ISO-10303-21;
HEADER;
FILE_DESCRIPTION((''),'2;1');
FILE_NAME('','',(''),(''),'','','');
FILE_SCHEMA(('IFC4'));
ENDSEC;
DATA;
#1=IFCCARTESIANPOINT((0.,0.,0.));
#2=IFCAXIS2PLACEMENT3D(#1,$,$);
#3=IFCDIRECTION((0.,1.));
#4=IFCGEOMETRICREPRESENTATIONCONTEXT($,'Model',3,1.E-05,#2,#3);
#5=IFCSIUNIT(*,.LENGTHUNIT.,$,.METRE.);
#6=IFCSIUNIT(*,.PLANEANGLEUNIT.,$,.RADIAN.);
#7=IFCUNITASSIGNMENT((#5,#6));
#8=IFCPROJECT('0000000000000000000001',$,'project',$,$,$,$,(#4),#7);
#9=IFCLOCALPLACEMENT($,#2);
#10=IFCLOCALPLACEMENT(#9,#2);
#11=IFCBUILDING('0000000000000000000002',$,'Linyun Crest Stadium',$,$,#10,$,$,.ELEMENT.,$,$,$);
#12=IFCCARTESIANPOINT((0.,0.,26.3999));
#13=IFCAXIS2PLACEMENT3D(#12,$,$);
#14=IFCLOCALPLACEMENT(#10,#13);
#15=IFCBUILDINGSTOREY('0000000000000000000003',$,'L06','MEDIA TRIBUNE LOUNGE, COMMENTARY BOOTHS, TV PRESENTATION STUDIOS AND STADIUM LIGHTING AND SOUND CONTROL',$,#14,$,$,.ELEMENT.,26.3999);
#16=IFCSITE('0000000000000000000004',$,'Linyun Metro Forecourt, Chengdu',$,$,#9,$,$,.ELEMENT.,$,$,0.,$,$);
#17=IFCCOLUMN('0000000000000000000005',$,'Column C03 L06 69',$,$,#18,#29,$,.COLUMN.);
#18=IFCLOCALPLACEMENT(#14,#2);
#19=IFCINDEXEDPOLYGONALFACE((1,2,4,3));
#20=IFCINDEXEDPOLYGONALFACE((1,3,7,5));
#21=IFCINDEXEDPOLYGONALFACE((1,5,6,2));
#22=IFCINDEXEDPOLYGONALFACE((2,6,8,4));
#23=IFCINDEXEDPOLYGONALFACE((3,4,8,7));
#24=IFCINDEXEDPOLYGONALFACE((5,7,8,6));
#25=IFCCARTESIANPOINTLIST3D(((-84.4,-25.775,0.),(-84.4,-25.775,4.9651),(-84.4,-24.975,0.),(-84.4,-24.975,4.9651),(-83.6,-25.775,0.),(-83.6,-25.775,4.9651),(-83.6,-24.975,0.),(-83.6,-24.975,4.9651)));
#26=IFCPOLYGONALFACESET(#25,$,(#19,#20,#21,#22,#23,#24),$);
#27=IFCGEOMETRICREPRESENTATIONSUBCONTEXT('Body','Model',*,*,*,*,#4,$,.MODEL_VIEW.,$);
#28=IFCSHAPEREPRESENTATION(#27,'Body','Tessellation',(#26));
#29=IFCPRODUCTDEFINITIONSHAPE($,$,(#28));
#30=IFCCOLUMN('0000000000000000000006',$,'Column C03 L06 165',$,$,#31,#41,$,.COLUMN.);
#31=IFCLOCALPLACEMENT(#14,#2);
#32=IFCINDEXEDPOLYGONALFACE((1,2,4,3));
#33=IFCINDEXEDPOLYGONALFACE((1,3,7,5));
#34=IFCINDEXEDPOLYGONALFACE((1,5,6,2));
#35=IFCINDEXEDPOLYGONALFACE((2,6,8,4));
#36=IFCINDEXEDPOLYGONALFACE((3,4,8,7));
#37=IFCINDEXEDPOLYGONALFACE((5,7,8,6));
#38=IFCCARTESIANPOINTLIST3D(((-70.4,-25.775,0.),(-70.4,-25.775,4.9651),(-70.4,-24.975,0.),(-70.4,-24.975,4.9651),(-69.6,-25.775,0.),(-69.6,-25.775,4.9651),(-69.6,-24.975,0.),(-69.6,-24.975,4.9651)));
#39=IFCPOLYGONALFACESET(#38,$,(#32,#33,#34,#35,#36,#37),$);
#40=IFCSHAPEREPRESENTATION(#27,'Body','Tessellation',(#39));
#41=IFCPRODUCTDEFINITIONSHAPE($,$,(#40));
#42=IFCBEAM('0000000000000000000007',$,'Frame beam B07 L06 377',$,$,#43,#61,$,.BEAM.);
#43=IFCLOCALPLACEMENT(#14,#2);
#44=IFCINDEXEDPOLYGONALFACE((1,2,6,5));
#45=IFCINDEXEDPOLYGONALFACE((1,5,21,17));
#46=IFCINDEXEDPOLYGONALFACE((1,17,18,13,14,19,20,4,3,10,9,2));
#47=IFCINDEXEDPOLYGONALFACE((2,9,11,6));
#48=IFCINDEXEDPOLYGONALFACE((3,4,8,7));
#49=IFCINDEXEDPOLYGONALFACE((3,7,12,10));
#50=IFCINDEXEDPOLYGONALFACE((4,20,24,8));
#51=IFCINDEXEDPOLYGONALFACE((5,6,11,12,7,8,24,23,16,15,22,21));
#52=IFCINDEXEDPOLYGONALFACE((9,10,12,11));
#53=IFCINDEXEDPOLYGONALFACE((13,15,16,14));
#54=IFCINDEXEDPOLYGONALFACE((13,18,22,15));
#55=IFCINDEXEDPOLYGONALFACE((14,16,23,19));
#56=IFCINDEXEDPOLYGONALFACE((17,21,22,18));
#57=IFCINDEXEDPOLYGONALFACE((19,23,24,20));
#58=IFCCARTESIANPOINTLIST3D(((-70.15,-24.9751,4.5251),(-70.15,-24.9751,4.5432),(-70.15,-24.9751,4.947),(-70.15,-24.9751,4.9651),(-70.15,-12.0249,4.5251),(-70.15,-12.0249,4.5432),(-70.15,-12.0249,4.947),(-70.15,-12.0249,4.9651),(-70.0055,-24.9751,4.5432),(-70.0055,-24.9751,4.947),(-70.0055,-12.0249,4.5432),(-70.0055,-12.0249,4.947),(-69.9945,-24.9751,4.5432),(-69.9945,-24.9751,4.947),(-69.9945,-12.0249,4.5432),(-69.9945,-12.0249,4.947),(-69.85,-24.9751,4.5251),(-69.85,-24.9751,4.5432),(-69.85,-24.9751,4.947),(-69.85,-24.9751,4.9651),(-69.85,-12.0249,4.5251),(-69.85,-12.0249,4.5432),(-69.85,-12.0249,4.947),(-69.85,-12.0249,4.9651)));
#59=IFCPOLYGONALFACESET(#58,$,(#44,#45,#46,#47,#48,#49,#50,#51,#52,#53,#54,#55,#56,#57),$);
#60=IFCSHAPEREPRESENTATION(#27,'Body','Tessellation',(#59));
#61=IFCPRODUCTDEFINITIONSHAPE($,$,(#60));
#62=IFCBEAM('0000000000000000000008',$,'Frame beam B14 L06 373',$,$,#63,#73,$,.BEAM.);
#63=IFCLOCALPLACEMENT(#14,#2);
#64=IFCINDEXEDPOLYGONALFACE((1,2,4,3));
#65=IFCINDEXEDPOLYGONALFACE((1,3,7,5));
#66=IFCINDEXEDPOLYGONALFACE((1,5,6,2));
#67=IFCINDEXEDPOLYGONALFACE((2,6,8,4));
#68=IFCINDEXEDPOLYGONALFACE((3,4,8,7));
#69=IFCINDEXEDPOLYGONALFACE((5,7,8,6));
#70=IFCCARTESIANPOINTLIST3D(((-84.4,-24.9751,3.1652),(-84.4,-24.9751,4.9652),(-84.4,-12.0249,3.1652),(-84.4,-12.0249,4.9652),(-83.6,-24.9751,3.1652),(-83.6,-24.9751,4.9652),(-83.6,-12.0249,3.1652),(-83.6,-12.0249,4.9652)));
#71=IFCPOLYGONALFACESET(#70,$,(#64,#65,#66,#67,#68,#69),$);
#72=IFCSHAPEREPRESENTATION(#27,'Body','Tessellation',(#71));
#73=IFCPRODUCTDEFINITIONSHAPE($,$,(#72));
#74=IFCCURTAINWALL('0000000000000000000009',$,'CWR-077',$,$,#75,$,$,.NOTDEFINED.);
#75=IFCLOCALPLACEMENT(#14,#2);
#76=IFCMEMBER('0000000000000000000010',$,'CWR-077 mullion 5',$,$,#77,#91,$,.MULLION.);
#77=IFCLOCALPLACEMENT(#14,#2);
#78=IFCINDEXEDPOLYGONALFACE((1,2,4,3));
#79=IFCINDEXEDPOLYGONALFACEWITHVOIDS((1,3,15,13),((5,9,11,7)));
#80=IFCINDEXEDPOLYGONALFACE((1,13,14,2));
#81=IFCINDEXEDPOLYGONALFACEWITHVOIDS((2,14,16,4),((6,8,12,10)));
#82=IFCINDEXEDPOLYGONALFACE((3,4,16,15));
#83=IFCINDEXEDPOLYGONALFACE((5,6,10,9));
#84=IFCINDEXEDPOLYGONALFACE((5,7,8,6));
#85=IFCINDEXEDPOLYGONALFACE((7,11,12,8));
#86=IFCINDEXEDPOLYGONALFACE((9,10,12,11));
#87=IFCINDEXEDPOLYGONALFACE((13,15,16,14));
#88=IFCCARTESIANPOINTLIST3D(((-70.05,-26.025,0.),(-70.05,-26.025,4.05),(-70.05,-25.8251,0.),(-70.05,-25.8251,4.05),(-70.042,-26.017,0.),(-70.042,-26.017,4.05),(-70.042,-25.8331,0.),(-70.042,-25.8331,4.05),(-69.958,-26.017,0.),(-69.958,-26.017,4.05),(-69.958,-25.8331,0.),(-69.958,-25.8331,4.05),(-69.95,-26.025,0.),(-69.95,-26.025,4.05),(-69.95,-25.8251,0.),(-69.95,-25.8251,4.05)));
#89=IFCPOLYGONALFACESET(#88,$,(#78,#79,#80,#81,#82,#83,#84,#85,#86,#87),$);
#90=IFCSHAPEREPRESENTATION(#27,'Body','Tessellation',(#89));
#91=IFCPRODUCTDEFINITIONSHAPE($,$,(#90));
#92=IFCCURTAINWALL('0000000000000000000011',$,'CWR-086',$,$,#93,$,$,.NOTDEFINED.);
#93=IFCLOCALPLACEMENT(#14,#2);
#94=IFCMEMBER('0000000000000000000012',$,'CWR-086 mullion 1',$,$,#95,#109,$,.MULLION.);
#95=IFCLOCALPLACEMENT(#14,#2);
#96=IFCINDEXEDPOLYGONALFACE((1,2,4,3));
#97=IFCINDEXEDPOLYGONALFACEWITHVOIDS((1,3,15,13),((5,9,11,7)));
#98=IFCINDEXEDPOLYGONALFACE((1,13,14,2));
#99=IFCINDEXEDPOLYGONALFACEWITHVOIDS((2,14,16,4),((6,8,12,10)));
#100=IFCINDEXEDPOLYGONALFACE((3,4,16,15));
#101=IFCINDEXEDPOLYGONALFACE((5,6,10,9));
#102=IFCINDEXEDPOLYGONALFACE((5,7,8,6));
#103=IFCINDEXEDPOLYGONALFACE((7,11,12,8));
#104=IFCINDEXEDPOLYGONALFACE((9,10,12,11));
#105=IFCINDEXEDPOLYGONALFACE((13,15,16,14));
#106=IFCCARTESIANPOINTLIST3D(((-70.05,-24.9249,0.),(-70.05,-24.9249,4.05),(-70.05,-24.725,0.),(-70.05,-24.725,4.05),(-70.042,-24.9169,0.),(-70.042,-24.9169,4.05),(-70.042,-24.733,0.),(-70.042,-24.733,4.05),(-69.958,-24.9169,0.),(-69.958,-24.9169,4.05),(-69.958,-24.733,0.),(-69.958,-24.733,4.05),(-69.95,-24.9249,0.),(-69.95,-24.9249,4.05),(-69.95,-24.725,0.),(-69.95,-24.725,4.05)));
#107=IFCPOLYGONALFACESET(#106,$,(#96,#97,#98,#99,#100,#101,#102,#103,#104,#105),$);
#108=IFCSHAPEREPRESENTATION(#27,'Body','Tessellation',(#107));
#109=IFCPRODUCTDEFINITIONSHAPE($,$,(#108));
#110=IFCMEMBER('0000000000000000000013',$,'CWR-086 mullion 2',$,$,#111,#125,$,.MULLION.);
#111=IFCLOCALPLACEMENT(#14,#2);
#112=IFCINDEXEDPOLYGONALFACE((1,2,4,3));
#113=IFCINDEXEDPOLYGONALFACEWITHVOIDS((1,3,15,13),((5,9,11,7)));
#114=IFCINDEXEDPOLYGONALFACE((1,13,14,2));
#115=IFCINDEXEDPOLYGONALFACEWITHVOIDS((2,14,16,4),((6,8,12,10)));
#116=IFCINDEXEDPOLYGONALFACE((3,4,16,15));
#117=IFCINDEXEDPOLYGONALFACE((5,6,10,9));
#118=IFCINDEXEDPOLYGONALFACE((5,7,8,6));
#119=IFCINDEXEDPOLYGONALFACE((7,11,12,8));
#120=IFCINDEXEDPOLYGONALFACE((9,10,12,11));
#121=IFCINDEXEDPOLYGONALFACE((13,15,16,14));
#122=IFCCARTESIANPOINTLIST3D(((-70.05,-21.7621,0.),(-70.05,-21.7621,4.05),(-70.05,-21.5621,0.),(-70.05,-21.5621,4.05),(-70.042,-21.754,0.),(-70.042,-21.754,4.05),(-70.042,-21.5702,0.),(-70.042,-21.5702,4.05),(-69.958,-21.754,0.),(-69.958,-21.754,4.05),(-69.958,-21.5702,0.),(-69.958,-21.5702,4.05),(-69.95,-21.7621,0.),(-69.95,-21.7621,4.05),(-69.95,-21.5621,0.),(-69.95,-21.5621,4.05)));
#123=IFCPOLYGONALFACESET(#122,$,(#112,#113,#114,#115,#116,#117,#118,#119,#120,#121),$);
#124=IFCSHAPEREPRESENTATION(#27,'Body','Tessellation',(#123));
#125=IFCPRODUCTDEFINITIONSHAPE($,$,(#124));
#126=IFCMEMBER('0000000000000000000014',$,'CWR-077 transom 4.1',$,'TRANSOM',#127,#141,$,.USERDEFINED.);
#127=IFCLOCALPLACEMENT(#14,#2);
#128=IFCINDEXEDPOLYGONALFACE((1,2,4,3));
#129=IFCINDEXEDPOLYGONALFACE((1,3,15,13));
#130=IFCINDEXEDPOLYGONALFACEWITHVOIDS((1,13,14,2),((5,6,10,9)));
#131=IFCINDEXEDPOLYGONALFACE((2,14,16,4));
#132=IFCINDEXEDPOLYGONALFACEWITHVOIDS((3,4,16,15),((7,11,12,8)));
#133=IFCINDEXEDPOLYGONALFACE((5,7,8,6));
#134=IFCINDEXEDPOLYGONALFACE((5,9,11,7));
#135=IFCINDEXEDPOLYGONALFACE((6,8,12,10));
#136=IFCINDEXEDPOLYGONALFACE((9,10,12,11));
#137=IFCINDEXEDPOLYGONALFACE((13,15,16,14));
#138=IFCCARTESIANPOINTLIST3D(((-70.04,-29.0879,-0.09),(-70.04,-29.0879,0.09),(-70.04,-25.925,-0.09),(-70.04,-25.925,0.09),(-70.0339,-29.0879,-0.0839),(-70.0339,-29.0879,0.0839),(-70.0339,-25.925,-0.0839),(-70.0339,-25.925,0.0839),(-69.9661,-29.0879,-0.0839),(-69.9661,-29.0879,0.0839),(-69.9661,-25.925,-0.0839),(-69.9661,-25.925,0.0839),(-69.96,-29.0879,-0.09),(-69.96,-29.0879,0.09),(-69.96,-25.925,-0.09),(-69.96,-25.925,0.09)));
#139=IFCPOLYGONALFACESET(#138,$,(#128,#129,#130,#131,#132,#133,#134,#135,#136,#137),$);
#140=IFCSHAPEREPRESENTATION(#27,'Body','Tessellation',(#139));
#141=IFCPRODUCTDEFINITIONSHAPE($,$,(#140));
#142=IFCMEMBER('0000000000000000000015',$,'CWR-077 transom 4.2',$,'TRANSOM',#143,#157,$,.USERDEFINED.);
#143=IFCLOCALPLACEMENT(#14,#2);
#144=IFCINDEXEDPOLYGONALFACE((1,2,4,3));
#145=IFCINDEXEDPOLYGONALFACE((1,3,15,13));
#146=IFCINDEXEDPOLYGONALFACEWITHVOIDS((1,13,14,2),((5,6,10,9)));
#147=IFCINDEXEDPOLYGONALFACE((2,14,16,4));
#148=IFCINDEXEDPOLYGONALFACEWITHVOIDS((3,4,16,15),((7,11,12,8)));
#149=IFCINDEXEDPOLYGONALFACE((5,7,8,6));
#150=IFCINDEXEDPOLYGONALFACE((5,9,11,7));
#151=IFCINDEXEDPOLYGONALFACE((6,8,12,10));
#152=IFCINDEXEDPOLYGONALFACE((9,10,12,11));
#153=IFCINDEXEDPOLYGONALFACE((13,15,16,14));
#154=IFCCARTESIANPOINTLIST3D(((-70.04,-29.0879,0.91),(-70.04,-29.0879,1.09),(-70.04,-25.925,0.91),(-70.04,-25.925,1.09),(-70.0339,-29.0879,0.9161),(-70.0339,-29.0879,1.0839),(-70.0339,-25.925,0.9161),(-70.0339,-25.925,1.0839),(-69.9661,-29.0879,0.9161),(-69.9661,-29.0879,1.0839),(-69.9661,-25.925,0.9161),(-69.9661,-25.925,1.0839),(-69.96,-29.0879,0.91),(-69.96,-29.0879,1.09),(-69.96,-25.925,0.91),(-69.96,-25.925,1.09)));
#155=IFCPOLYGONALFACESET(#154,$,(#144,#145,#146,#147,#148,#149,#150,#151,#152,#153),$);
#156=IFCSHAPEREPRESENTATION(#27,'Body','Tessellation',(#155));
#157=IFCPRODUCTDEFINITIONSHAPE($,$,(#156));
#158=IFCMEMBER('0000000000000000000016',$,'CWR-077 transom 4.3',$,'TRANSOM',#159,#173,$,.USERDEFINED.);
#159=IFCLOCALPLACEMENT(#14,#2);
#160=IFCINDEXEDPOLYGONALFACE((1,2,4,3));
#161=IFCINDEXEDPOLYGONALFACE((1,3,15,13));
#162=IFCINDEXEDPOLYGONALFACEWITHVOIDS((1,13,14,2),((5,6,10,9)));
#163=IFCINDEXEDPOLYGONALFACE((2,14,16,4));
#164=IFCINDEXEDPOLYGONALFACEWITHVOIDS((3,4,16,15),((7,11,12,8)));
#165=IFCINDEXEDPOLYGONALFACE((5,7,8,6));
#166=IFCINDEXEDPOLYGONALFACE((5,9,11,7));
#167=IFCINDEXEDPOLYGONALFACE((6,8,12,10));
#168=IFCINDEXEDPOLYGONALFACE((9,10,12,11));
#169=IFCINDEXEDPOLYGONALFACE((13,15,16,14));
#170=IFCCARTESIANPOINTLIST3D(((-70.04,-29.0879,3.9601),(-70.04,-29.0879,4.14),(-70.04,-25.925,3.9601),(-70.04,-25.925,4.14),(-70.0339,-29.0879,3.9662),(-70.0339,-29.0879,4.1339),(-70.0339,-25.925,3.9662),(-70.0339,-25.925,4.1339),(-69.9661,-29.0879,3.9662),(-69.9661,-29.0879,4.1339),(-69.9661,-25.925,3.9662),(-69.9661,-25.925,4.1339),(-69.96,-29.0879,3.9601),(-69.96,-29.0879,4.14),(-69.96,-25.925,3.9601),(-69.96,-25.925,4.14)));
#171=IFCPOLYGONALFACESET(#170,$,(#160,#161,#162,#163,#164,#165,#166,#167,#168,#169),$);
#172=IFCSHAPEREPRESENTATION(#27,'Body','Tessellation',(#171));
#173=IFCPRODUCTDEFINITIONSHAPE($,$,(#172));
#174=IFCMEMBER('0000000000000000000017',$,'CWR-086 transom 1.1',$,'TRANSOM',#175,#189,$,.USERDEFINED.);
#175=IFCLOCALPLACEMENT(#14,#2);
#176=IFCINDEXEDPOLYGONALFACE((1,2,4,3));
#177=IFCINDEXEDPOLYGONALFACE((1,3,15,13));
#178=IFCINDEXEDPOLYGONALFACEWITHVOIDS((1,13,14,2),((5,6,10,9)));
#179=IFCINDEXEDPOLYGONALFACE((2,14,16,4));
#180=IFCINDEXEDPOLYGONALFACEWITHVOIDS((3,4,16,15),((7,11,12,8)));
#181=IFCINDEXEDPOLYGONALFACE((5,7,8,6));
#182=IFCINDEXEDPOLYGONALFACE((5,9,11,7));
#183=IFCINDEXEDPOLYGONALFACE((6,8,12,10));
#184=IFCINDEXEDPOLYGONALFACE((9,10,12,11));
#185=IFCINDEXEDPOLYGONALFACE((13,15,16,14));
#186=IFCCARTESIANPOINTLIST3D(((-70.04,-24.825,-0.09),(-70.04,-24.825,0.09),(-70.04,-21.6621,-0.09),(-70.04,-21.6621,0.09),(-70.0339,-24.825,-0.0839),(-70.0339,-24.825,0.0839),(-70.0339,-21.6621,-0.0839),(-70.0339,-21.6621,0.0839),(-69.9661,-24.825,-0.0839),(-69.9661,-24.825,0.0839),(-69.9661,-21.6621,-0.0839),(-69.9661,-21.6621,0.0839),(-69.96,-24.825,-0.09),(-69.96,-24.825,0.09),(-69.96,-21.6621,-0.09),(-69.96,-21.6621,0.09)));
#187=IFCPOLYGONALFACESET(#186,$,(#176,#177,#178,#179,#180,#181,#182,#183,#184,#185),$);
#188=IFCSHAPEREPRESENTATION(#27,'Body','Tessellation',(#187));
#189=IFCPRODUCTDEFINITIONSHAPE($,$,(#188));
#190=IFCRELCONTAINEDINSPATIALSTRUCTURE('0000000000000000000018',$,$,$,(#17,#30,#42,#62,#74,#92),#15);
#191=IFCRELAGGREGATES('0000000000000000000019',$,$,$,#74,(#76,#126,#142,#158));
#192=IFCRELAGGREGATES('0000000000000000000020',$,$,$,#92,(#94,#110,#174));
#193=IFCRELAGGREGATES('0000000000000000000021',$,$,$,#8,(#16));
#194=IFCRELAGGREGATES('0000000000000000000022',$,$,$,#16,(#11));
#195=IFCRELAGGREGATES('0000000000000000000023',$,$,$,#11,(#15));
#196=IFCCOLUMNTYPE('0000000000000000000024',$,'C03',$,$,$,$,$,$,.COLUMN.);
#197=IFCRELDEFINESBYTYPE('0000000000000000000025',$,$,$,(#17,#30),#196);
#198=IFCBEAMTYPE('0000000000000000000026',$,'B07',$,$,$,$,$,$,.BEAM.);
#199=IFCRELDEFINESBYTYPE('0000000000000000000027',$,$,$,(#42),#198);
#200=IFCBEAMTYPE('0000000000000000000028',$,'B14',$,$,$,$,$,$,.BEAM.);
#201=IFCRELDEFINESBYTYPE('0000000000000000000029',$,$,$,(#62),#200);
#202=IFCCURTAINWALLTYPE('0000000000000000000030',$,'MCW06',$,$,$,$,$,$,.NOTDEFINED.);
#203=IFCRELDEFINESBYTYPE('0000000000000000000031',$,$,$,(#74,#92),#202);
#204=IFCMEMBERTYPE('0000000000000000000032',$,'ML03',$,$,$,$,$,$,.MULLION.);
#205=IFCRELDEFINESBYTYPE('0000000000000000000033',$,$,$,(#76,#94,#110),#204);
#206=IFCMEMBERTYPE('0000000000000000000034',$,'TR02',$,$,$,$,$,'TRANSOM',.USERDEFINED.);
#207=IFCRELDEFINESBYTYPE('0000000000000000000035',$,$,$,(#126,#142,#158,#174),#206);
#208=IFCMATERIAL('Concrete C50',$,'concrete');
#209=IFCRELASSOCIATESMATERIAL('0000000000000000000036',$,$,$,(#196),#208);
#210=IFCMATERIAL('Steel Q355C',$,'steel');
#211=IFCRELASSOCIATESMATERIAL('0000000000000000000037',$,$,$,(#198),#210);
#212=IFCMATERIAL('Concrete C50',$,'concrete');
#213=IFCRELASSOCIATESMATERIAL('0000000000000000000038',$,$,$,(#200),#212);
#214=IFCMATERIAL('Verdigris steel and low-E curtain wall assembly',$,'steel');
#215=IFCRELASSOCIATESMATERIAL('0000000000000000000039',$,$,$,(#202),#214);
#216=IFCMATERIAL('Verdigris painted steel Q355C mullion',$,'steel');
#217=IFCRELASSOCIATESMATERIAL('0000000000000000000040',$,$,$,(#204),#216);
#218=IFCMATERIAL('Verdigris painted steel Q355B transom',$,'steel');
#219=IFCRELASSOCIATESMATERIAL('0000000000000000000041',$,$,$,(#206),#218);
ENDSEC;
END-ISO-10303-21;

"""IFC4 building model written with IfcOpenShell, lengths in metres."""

from ifc_helpers import new_model, si_unit, direction, frame, origin, origin_2d, place, context, subcontext, project, spatial, rectangle, hollow_rectangle, i_section, extrude, material, material_profile, profile_set, type_object, element, aggregate, save


model = new_model("IFC4")

# Units and contexts
model_context = context("Model", 3, precision=1e-05, world=origin(), true_north=direction((0.0, 1.0)))
body_context = subcontext(model_context, "Body", "Model", "MODEL_VIEW")
ifc_project = project(units=[si_unit("LENGTHUNIT", "METRE"), si_unit("PLANEANGLEUNIT", "RADIAN")], contexts=[model_context])

# Site, building, storey
site_placement = place(None, origin())
site = spatial("IfcSite", under=ifc_project, at=site_placement, Name="Linyun Metro Forecourt, Chengdu", CompositionType="ELEMENT", RefElevation=0.0)
building_placement = place(site_placement, origin())
building = spatial("IfcBuilding", under=site, at=building_placement, Name="Linyun Crest Stadium", CompositionType="ELEMENT")
storey_placement = place(building_placement, frame((0.0, 0.0, 26.3999)))
storey = spatial("IfcBuildingStorey", under=building, at=storey_placement, Name="L06", Description="MEDIA TRIBUNE LOUNGE, COMMENTARY BOOTHS, TV PRESENTATION STUDIOS AND STADIUM LIGHTING AND SOUND CONTROL", CompositionType="ELEMENT", Elevation=26.3999)

# Columns
ifc_material_1 = material(Name="Concrete C50", Category="concrete")
ifc_material_profile_1 = material_profile(ifc_material_1, rectangle(XDim=0.8, YDim=0.8, at=origin_2d()), Name="RC 800x800")
ifc_profile_set_1 = profile_set([ifc_material_profile_1], Name="Concrete C50")
column_type = type_object("IfcColumnType", Name="C03", PredefinedType="COLUMN", material=ifc_profile_set_1)
for number, where, z_axis, x_axis, name in (
    (1, (-84.0, -25.375, 0.0), (0.0, 0.0, 1.0), (1.0, 0.0, 0.0), "Column C03 L06 69"),
    (2, (-70.0, -25.375, 0.0), (0.0, 0.0, 1.0), (1.0, 0.0, 0.0), "Column C03 L06 165"),
):
    element("IfcColumn", number, at=place(storey_placement, frame(where, z_axis=z_axis, x_axis=x_axis)), inside=storey, type_object=column_type, Name=name, PredefinedType="COLUMN", context=body_context, shape_type="SweptSolid", body=[
        extrude(rectangle(XDim=0.8, YDim=0.8, at=origin_2d()), origin(), (0.0, 0.0, 1.0), 4.9651),
    ])

# Beams
ifc_material_2 = material(Name="Steel Q355C", Category="steel")
ifc_material_profile_2 = material_profile(ifc_material_2, i_section(OverallWidth=0.3, OverallDepth=0.4399, WebThickness=0.011, FlangeThickness=0.0181, at=origin_2d()), Name="HM 440x300")
ifc_profile_set_2 = profile_set([ifc_material_profile_2], Name="Steel Q355C")
beam_type_1 = type_object("IfcBeamType", Name="B07", PredefinedType="BEAM", material=ifc_profile_set_2)
beam_1_placement = place(storey_placement, frame((-70.0, -24.9751, 4.7451), z_axis=(0.0, 1.0, 0.0), x_axis=(-1.0, 0.0, 0.0)))
element("IfcBeam", 3, at=beam_1_placement, inside=storey, type_object=beam_type_1, Name="Frame beam B07 L06 377", PredefinedType="BEAM", context=body_context, shape_type="SweptSolid", body=[
    extrude(i_section(OverallWidth=0.3, OverallDepth=0.4399, WebThickness=0.011, FlangeThickness=0.0181, at=origin_2d()), origin(), (0.0, 0.0, 1.0), 12.9502),
])
ifc_material_3 = material(Name="Concrete C50", Category="concrete")
ifc_material_profile_3 = material_profile(ifc_material_3, rectangle(XDim=0.8, YDim=1.8, at=origin_2d()), Name="RCB 1800x800")
ifc_profile_set_3 = profile_set([ifc_material_profile_3], Name="Concrete C50")
beam_type_2 = type_object("IfcBeamType", Name="B14", PredefinedType="BEAM", material=ifc_profile_set_3)
beam_2_placement = place(storey_placement, frame((-84.0, -24.9751, 4.0652), z_axis=(0.0, 1.0, 0.0), x_axis=(-1.0, 0.0, 0.0)))
element("IfcBeam", 4, at=beam_2_placement, inside=storey, type_object=beam_type_2, Name="Frame beam B14 L06 373", PredefinedType="BEAM", context=body_context, shape_type="SweptSolid", body=[
    extrude(rectangle(XDim=0.8, YDim=1.8, at=origin_2d()), origin(), (0.0, 0.0, 1.0), 12.9502),
])

# Curtain wall, member
ifc_material_4 = material(Name="Verdigris steel and low-E curtain wall assembly", Category="steel")
curtain_wall_type = type_object("IfcCurtainWallType", Name="MCW06", PredefinedType="NOTDEFINED", material=ifc_material_4)
curtain_wall_1_placement = place(storey_placement, origin())
curtain_wall_1 = element("IfcCurtainWall", 5, at=curtain_wall_1_placement, inside=storey, type_object=curtain_wall_type, Name="CWR-077", PredefinedType="NOTDEFINED")
ifc_material_5 = material(Name="Verdigris painted steel Q355C mullion", Category="steel")
ifc_material_profile_4 = material_profile(ifc_material_5, hollow_rectangle(XDim=0.1001, YDim=0.2, WallThickness=0.0081, at=origin_2d()), Name="RHS 200x100x8")
ifc_profile_set_4 = profile_set([ifc_material_profile_4], Name="Verdigris painted steel Q355C mullion")
member_type_1 = type_object("IfcMemberType", Name="ML03", PredefinedType="MULLION", material=ifc_profile_set_4)
member_1_placement = place(storey_placement, frame((-70.0, -25.925, 0.0), z_axis=(0.0, 0.0, 1.0), x_axis=(-1.0, 0.0, 0.0)))
member_1 = element("IfcMember", 6, at=member_1_placement, type_object=member_type_1, Name="CWR-077 mullion 5", PredefinedType="MULLION", context=body_context, shape_type="SweptSolid", body=[
    extrude(hollow_rectangle(XDim=0.1001, YDim=0.2, WallThickness=0.0081, at=origin_2d()), origin(), (0.0, 0.0, 1.0), 4.05),
])

# Curtain wall, members
curtain_wall_2_placement = place(storey_placement, origin())
curtain_wall_2 = element("IfcCurtainWall", 7, at=curtain_wall_2_placement, inside=storey, type_object=curtain_wall_type, Name="CWR-086", PredefinedType="NOTDEFINED")
member_2_placement = place(storey_placement, frame((-70.0, -24.825, 0.0), z_axis=(0.0, 0.0, 1.0), x_axis=(-1.0, 0.0, 0.0)))
member_2 = element("IfcMember", 8, at=member_2_placement, type_object=member_type_1, Name="CWR-086 mullion 1", PredefinedType="MULLION", context=body_context, shape_type="SweptSolid", body=[
    extrude(hollow_rectangle(XDim=0.1001, YDim=0.2, WallThickness=0.0081, at=origin_2d()), origin(), (0.0, 0.0, 1.0), 4.05),
])
member_3_placement = place(storey_placement, frame((-70.0, -21.6621, 0.0), z_axis=(0.0, 0.0, 1.0), x_axis=(-1.0, 0.0, 0.0)))
member_3 = element("IfcMember", 9, at=member_3_placement, type_object=member_type_1, Name="CWR-086 mullion 2", PredefinedType="MULLION", context=body_context, shape_type="SweptSolid", body=[
    extrude(hollow_rectangle(XDim=0.1001, YDim=0.2, WallThickness=0.0081, at=origin_2d()), origin(), (0.0, 0.0, 1.0), 4.05),
])

# Members
ifc_material_6 = material(Name="Verdigris painted steel Q355B transom", Category="steel")
ifc_material_profile_5 = material_profile(ifc_material_6, hollow_rectangle(XDim=0.0801, YDim=0.1799, WallThickness=0.0061, at=origin_2d()), Name="RHS 180x80x6")
ifc_profile_set_5 = profile_set([ifc_material_profile_5], Name="Verdigris painted steel Q355B transom")
member_type_2 = type_object("IfcMemberType", Name="TR02", ElementType="TRANSOM", PredefinedType="USERDEFINED", material=ifc_profile_set_5)
member_4_placement = place(storey_placement, frame((-70.0, -29.0879, 0.0), z_axis=(0.0, 1.0, 0.0), x_axis=(-1.0, 0.0, 0.0)))
member_4 = element("IfcMember", 10, at=member_4_placement, type_object=member_type_2, Name="CWR-077 transom 4.1", ObjectType="TRANSOM", PredefinedType="USERDEFINED", context=body_context, shape_type="SweptSolid", body=[
    extrude(hollow_rectangle(XDim=0.0801, YDim=0.1799, WallThickness=0.0061, at=origin_2d()), origin(), (0.0, 0.0, 1.0), 3.1628),
])
member_5_placement = place(storey_placement, frame((-70.0, -29.0879, 1.0), z_axis=(0.0, 1.0, 0.0), x_axis=(-1.0, 0.0, 0.0)))
member_5 = element("IfcMember", 11, at=member_5_placement, type_object=member_type_2, Name="CWR-077 transom 4.2", ObjectType="TRANSOM", PredefinedType="USERDEFINED", context=body_context, shape_type="SweptSolid", body=[
    extrude(hollow_rectangle(XDim=0.0801, YDim=0.1799, WallThickness=0.0061, at=origin_2d()), origin(), (0.0, 0.0, 1.0), 3.1628),
])
member_6_placement = place(storey_placement, frame((-70.0, -29.0879, 4.05), z_axis=(0.0, 1.0, 0.0), x_axis=(-1.0, 0.0, 0.0)))
member_6 = element("IfcMember", 12, at=member_6_placement, type_object=member_type_2, Name="CWR-077 transom 4.3", ObjectType="TRANSOM", PredefinedType="USERDEFINED", context=body_context, shape_type="SweptSolid", body=[
    extrude(hollow_rectangle(XDim=0.0801, YDim=0.1799, WallThickness=0.0061, at=origin_2d()), origin(), (0.0, 0.0, 1.0), 3.1628),
])
member_7_placement = place(storey_placement, frame((-70.0, -24.825, 0.0), z_axis=(0.0, 1.0, 0.0), x_axis=(-1.0, 0.0, 0.0)))
member_7 = element("IfcMember", 13, at=member_7_placement, type_object=member_type_2, Name="CWR-086 transom 1.1", ObjectType="TRANSOM", PredefinedType="USERDEFINED", context=body_context, shape_type="SweptSolid", body=[
    extrude(hollow_rectangle(XDim=0.0801, YDim=0.1799, WallThickness=0.0061, at=origin_2d()), origin(), (0.0, 0.0, 1.0), 3.1628),
])

aggregate(curtain_wall_1, [member_1, member_4, member_5, member_6])
aggregate(curtain_wall_2, [member_2, member_3, member_7])

save(model, "model.ifc")
